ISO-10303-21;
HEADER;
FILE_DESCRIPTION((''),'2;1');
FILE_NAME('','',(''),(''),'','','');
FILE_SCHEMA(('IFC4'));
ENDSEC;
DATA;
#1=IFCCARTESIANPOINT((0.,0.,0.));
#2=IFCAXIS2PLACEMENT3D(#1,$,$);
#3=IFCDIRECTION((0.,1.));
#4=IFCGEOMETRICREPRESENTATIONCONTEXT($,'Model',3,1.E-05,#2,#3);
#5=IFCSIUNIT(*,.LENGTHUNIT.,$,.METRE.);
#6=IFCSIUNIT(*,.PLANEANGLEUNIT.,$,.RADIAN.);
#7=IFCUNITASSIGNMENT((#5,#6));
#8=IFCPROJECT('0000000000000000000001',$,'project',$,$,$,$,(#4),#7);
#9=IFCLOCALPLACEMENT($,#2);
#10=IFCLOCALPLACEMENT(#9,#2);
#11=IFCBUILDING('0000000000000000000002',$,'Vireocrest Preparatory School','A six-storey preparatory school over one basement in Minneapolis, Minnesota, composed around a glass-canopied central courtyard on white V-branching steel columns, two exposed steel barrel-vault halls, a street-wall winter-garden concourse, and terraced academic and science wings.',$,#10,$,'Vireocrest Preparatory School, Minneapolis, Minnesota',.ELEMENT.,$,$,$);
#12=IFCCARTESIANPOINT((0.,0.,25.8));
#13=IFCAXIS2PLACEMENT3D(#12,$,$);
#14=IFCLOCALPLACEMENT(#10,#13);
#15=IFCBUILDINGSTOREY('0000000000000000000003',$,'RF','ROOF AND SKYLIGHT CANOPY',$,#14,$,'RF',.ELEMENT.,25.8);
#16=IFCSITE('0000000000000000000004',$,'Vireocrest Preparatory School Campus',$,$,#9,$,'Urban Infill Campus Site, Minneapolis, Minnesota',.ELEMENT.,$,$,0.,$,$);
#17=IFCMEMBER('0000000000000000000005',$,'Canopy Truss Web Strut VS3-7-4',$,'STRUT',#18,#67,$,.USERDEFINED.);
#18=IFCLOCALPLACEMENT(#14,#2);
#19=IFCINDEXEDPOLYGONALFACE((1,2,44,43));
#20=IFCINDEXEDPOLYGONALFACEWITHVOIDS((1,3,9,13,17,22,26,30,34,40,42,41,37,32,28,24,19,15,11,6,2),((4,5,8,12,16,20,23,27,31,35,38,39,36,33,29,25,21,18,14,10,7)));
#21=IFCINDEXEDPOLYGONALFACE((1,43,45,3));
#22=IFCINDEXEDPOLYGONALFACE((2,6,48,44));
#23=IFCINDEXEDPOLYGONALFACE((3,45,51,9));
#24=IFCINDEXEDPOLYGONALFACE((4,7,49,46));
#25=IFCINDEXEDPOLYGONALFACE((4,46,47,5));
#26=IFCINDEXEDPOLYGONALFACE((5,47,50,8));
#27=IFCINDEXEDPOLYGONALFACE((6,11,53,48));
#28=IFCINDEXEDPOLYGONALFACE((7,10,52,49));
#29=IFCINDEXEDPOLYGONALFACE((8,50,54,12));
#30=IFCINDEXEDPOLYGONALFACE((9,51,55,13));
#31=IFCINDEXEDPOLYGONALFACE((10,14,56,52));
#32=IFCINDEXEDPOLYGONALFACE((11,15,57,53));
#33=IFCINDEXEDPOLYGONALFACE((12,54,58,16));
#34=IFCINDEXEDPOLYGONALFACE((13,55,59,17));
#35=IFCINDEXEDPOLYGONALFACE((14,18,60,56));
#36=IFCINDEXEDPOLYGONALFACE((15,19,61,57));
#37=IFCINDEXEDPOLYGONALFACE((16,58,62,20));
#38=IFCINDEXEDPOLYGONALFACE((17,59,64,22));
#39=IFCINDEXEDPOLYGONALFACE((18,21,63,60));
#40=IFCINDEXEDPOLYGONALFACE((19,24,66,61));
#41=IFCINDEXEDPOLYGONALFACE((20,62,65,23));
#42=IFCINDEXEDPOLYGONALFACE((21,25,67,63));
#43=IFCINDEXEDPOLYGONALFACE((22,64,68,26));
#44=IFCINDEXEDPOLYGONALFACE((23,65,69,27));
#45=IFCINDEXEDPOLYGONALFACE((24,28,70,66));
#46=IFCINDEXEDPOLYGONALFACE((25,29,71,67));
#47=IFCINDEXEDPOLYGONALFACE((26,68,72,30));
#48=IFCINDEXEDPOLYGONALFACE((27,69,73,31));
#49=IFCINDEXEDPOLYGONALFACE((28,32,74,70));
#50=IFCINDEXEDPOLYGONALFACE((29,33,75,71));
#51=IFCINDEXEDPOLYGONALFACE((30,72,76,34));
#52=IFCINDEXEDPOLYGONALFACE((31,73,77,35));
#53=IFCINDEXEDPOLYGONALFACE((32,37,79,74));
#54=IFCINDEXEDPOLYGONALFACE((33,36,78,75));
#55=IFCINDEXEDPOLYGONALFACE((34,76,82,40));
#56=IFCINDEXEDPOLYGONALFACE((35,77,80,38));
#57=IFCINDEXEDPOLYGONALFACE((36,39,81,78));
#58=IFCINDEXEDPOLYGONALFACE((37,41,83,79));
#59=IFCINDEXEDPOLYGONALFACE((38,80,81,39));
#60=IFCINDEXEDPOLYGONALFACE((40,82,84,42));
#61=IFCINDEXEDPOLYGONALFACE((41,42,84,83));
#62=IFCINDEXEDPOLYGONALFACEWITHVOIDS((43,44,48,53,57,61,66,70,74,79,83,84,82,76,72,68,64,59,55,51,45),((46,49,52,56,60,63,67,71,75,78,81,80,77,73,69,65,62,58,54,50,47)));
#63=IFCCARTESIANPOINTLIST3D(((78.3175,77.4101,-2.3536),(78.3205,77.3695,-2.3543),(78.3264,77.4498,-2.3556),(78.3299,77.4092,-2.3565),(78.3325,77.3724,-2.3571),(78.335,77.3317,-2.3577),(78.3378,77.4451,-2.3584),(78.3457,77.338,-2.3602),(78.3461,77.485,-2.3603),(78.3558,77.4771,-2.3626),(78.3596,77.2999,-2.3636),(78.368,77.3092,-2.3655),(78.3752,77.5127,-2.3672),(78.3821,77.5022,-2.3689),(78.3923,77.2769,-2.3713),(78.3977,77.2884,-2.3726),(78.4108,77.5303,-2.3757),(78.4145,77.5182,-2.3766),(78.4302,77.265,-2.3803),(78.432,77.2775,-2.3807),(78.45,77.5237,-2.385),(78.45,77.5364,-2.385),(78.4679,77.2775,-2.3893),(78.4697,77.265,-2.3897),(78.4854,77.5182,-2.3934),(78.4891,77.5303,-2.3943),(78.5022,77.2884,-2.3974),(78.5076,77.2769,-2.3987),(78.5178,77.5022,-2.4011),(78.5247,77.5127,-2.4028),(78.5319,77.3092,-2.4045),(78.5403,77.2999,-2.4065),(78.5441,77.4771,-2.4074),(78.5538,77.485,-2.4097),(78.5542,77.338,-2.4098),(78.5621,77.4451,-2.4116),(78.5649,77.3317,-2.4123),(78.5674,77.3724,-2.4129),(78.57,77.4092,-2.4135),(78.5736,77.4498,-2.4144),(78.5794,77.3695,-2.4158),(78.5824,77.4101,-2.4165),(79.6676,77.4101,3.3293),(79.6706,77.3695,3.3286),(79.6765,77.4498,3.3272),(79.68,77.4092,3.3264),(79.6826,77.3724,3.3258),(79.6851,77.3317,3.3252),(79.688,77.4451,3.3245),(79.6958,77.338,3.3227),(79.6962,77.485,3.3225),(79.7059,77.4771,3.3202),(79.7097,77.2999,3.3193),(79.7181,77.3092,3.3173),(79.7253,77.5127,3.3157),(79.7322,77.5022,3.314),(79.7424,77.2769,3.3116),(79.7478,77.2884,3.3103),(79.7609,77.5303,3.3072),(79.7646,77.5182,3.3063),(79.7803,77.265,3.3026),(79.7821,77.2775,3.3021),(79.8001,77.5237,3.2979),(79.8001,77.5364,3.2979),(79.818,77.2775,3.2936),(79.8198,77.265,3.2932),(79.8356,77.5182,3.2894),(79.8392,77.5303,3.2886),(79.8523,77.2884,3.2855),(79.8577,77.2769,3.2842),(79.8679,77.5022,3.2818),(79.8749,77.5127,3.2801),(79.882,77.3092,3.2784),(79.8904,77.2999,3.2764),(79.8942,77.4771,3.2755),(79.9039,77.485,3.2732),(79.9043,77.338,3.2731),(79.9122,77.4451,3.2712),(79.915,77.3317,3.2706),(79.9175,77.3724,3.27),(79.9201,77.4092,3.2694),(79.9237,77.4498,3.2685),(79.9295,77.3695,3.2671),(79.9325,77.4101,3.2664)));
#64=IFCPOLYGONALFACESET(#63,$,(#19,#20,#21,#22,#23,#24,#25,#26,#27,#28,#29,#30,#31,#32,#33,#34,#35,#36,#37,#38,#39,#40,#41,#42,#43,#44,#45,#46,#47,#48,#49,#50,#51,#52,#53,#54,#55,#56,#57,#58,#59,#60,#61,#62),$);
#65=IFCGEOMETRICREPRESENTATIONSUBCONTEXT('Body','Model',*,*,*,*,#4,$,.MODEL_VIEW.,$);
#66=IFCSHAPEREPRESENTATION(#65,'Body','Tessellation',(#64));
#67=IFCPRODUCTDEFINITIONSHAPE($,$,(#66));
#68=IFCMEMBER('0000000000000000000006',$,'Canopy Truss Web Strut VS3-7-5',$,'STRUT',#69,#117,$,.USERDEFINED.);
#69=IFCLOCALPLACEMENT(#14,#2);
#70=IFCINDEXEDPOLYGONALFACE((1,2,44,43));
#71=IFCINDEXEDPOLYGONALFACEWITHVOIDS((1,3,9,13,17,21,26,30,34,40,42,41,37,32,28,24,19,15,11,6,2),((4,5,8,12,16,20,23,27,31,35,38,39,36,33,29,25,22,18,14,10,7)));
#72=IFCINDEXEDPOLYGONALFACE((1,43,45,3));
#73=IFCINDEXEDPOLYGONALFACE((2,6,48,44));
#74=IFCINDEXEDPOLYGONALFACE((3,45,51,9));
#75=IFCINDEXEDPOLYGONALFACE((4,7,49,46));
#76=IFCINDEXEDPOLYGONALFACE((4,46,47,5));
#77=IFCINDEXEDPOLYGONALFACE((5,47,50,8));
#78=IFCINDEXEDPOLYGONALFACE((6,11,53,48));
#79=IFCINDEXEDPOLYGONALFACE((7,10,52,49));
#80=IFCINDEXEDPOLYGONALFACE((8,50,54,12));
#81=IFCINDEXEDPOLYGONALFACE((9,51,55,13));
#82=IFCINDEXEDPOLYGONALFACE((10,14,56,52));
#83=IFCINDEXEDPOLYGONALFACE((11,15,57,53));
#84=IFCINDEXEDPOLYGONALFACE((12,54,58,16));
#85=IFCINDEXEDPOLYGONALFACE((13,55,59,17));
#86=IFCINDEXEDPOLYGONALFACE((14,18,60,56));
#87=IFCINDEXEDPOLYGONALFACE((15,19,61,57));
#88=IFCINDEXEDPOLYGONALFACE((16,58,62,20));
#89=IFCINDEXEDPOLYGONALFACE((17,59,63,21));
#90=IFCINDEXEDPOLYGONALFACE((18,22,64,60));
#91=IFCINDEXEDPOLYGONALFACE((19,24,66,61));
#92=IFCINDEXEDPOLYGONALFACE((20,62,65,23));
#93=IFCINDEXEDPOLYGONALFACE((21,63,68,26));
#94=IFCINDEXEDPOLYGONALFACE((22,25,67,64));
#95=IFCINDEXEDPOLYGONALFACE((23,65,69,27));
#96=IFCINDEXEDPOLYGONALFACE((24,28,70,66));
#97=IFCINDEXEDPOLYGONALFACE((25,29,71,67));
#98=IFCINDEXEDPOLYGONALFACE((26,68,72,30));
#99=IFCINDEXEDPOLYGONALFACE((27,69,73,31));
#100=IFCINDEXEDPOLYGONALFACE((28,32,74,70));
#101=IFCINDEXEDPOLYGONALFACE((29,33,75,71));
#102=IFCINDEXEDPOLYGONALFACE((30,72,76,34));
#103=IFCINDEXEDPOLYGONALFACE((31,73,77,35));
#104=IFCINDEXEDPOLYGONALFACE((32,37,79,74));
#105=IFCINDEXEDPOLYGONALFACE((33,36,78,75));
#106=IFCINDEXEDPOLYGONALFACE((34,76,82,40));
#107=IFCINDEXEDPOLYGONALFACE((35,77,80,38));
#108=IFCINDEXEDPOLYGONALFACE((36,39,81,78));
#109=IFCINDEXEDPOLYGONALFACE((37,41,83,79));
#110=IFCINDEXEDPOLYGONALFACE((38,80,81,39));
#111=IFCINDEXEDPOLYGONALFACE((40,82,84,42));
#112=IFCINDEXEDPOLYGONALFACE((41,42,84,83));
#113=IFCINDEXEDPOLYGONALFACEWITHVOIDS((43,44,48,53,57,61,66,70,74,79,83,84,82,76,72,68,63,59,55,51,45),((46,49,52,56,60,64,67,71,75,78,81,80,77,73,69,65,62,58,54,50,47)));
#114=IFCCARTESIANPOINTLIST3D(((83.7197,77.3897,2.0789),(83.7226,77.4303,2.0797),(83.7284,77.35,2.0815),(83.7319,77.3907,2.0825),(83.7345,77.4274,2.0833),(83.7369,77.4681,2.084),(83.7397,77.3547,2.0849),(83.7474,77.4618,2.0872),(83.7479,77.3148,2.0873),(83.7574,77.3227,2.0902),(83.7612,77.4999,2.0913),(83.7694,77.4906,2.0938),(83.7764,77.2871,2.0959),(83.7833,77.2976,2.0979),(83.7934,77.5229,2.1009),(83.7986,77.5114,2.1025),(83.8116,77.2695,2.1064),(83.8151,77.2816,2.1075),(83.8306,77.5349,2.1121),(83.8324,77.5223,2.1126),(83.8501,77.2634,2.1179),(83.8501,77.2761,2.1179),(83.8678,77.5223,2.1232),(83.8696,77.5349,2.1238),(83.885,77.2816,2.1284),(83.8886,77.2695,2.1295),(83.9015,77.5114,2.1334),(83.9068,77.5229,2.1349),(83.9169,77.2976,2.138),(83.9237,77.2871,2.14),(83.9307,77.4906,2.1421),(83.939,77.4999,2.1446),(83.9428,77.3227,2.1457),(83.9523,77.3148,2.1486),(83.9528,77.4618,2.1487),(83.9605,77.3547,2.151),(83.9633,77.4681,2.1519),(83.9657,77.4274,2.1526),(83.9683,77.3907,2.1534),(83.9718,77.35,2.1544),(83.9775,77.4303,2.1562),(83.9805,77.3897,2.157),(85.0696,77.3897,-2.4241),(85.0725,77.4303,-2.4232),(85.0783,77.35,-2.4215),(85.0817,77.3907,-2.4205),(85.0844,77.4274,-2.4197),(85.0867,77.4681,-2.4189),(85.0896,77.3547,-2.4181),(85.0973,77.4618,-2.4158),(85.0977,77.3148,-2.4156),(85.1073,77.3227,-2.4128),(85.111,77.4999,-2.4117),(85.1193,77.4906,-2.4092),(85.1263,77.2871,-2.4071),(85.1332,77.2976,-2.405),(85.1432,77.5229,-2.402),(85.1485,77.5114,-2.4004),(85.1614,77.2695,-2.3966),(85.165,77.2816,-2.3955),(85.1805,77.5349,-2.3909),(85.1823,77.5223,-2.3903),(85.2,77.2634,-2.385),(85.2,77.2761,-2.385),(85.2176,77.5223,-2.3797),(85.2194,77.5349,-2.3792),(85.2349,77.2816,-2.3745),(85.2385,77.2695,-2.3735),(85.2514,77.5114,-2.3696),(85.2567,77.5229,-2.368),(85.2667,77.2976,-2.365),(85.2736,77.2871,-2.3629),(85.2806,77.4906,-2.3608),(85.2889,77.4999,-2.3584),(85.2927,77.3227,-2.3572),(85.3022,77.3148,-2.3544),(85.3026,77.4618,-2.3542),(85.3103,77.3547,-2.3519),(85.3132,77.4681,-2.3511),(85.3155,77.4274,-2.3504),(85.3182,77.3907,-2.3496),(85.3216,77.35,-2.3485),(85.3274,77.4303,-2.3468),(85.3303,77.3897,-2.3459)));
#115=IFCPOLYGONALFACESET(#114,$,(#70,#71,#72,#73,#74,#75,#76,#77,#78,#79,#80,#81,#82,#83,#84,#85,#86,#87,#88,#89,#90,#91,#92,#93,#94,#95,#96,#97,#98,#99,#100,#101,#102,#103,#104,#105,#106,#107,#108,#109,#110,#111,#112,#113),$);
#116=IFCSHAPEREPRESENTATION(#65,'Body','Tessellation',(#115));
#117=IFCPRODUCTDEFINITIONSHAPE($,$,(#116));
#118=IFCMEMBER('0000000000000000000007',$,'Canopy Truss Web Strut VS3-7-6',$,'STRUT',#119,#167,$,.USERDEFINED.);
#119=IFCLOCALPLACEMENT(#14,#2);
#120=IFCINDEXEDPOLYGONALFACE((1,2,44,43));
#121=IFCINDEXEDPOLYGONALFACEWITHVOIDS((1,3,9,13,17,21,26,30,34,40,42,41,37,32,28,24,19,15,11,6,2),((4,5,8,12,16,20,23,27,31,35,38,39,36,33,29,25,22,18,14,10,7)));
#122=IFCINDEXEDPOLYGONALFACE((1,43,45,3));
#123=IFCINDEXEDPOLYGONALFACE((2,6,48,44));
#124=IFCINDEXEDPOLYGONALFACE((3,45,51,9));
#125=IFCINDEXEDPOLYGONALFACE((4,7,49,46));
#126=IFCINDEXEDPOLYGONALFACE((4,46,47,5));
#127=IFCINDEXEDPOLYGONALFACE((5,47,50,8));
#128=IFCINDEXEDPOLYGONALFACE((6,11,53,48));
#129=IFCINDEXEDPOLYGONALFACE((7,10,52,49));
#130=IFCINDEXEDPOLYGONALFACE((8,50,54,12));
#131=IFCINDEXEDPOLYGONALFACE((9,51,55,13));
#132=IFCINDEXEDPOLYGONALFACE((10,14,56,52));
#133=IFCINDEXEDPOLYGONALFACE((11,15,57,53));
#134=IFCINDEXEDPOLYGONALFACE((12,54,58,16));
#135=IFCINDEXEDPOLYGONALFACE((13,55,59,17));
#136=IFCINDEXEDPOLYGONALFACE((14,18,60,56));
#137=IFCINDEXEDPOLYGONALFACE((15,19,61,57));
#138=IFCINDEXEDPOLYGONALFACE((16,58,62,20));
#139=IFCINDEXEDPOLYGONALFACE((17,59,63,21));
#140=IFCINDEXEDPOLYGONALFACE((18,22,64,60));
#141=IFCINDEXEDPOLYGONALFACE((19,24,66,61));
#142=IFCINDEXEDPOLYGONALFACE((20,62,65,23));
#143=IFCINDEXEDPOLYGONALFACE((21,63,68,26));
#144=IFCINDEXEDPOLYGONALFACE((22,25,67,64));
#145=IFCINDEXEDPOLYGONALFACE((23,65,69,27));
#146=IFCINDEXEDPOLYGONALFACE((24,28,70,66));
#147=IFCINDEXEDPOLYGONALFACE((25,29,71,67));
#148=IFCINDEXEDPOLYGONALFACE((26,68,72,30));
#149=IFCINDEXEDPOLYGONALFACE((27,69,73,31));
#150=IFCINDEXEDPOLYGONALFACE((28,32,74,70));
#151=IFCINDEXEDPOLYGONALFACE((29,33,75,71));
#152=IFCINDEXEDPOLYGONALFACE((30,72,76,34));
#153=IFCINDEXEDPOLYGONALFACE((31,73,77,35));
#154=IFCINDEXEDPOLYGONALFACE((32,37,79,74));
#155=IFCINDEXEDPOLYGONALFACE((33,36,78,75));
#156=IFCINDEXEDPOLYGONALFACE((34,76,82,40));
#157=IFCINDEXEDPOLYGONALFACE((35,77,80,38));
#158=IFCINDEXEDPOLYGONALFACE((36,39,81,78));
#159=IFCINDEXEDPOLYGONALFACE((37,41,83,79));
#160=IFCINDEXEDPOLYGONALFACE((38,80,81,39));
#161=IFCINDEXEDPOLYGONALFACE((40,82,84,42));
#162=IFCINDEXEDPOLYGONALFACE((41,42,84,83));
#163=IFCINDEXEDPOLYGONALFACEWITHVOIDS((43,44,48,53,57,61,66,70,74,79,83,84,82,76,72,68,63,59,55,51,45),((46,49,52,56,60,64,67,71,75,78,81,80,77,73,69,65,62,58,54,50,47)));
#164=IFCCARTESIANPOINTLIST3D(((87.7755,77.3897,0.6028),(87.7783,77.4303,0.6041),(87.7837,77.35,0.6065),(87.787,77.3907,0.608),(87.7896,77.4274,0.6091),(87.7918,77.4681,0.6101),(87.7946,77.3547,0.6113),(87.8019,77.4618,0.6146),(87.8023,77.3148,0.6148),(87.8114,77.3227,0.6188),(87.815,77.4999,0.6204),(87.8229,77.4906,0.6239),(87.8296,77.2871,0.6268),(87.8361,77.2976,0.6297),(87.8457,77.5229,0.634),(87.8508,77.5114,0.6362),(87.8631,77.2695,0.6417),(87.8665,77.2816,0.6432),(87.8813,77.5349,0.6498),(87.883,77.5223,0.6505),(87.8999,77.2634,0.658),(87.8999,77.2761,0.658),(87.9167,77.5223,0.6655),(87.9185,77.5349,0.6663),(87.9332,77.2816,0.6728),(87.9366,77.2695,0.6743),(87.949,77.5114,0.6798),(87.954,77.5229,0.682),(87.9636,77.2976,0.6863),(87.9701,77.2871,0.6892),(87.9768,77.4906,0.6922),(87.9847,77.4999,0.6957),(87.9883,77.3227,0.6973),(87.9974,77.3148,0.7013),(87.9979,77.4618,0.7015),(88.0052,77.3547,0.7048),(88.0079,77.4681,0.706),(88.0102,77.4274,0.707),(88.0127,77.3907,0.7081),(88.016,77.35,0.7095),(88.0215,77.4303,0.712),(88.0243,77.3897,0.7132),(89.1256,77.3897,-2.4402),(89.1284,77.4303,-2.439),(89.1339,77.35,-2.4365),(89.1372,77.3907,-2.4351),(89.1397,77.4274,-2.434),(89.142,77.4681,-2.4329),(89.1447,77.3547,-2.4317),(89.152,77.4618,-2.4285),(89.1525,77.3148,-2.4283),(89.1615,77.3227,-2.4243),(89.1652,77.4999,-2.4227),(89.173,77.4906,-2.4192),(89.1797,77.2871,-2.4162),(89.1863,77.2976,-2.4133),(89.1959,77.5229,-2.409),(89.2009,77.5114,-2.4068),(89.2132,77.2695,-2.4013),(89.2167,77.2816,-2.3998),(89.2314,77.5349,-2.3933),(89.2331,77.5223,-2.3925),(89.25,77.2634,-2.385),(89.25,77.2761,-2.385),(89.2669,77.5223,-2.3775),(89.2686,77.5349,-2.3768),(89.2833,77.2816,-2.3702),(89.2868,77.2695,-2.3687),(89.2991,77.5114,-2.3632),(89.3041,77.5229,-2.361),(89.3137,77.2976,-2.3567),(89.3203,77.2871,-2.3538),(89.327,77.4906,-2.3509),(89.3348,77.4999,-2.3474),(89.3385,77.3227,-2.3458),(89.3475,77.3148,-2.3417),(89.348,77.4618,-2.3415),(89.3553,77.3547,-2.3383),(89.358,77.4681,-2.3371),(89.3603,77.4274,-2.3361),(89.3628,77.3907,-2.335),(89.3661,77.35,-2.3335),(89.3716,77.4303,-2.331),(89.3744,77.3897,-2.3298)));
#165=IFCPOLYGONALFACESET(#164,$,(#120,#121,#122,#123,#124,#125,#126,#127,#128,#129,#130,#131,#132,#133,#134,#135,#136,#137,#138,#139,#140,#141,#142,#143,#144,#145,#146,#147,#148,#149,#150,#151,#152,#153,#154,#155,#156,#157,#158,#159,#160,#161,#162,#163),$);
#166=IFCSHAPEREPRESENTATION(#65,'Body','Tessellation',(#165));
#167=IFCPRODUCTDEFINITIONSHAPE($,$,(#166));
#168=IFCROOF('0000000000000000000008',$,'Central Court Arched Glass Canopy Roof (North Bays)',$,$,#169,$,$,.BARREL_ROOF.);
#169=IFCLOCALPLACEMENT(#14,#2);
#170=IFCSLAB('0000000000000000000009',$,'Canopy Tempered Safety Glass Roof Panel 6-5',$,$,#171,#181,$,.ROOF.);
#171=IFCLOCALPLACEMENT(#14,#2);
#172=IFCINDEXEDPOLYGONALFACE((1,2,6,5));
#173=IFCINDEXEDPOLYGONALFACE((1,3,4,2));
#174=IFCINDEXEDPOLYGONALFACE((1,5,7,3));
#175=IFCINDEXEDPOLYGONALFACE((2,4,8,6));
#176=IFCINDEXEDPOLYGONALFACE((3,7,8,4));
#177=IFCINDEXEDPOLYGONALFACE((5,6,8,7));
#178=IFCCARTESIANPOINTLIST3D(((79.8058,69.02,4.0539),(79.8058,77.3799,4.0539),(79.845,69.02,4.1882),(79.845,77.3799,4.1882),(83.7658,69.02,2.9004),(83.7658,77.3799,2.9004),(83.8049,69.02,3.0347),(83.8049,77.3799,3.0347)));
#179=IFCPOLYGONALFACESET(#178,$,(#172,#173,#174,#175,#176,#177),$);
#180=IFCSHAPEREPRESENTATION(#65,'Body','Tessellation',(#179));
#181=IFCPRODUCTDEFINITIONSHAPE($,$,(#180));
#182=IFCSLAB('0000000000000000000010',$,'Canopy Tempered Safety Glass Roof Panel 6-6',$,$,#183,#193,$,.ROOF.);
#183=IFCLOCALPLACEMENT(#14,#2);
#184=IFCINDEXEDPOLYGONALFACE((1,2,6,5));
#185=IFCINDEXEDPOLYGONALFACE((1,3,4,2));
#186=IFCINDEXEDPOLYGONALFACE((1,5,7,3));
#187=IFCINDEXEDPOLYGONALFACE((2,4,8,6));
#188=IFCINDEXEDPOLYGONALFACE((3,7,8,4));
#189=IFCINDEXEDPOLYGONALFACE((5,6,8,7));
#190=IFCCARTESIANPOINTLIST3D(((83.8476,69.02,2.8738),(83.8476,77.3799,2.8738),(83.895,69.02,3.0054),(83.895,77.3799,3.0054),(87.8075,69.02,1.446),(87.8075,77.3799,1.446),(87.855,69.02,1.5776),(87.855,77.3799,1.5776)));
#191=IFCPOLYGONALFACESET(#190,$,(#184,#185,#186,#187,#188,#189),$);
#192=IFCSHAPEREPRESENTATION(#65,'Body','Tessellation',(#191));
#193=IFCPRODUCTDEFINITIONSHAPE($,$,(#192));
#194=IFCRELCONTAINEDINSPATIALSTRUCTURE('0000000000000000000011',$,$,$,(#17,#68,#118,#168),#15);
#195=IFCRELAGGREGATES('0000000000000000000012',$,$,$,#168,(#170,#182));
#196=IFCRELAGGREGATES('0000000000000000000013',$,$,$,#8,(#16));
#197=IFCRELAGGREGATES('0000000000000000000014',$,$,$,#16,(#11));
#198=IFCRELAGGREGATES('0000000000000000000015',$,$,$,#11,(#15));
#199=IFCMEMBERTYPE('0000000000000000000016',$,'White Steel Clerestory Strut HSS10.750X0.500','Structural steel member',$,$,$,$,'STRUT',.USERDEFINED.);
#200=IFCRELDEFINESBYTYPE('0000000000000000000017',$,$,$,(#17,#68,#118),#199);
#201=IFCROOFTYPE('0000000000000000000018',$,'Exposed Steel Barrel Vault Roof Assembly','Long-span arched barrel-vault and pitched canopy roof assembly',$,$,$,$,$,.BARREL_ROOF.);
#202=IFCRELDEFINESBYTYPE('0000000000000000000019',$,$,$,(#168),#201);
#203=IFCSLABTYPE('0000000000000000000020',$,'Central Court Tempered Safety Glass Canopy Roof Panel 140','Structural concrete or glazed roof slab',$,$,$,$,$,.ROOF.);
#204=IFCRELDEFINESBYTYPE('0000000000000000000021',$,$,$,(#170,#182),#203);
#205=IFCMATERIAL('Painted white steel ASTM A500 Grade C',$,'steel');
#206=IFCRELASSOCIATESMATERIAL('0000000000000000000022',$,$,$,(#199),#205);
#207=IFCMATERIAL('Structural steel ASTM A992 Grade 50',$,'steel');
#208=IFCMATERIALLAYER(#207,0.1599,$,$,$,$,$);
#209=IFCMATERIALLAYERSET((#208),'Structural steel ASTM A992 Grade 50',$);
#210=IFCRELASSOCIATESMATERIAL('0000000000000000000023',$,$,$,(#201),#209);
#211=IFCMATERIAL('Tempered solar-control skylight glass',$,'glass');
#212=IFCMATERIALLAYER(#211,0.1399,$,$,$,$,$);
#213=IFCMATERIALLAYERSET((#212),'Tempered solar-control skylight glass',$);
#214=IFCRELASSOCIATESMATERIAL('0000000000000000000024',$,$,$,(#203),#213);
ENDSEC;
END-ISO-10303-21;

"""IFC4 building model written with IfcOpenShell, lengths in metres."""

from ifc_helpers import new_model, si_unit, direction, frame, origin, origin_2d, place, context, subcontext, project, spatial, polyline, hollow_circle, outline, extrude, material, layer, layer_set, material_profile, profile_set, type_object, element, aggregate, save


model = new_model("IFC4")

# Units and contexts
model_context = context("Model", 3, precision=1e-05, world=origin(), true_north=direction((0.0, 1.0)))
body_context = subcontext(model_context, "Body", "Model", "MODEL_VIEW")
ifc_project = project(units=[si_unit("LENGTHUNIT", "METRE"), si_unit("PLANEANGLEUNIT", "RADIAN")], contexts=[model_context])

# Site, building, storey
site_placement = place(None, origin())
site = spatial("IfcSite", under=ifc_project, at=site_placement, Name="Vireocrest Preparatory School Campus", LongName="Urban Infill Campus Site, Minneapolis, Minnesota", CompositionType="ELEMENT", RefElevation=0.0)
building_placement = place(site_placement, origin())
building = spatial("IfcBuilding", under=site, at=building_placement, Name="Vireocrest Preparatory School", Description="A six-storey preparatory school over one basement in Minneapolis, Minnesota, composed around a glass-canopied central courtyard on white V-branching steel columns, two exposed steel barrel-vault halls, a street-wall winter-garden concourse, and terraced academic and science wings.", LongName="Vireocrest Preparatory School, Minneapolis, Minnesota", CompositionType="ELEMENT")
storey_placement = place(building_placement, frame((0.0, 0.0, 25.8)))
storey = spatial("IfcBuildingStorey", under=building, at=storey_placement, Name="RF", Description="ROOF AND SKYLIGHT CANOPY", LongName="RF", CompositionType="ELEMENT", Elevation=25.8)

# Shared definitions
ifc_material_1 = material(Name="Painted white steel ASTM A500 Grade C", Category="steel")
ifc_material_2 = material(Name="Structural steel ASTM A992 Grade 50", Category="steel")

# Members
ifc_material_profile_1 = material_profile(ifc_material_1, hollow_circle(Radius=0.1365, WallThickness=0.0127, at=origin_2d()), Name="HSS10.750X0.500")
ifc_profile_set_1 = profile_set([ifc_material_profile_1], Name="Painted white steel ASTM A500 Grade C")
member_type_1 = type_object("IfcMemberType", Name="White Steel Clerestory Strut HSS10.750X0.500", Description="Structural steel member", ElementType="STRUT", PredefinedType="USERDEFINED", material=ifc_profile_set_1)
member_1_placement = place(storey_placement, frame((78.45, 77.3999, -2.385), z_axis=(0.23114, 0.0, 0.97292), x_axis=(0.0, 1.0, 0.0)))
element("IfcMember", 1, at=member_1_placement, inside=storey, type_object=member_type_1, Name="Canopy Truss Web Strut VS3-7-4", ObjectType="STRUT", PredefinedType="USERDEFINED", context=body_context, shape_type="SweptSolid", body=[
    extrude(hollow_circle(Radius=0.1365, WallThickness=0.0127, at=origin_2d()), origin(), (0.0, 0.0, 1.0), 5.8411),
])
member_2_placement = place(storey_placement, frame((85.2, 77.3999, -2.385), z_axis=(-0.287148, 0.0, 0.957886), x_axis=(0.0, -1.0, 0.0)))
element("IfcMember", 2, at=member_2_placement, inside=storey, type_object=member_type_1, Name="Canopy Truss Web Strut VS3-7-5", ObjectType="STRUT", PredefinedType="USERDEFINED", context=body_context, shape_type="SweptSolid", body=[
    extrude(hollow_circle(Radius=0.1365, WallThickness=0.0127, at=origin_2d()), origin(), (0.0, 0.0, 1.0), 4.7009),
])
member_3_placement = place(storey_placement, frame((89.25, 77.3999, -2.385), z_axis=(-0.405553, 0.0, 0.914071), x_axis=(0.0, -1.0, 0.0)))
element("IfcMember", 3, at=member_3_placement, inside=storey, type_object=member_type_1, Name="Canopy Truss Web Strut VS3-7-6", ObjectType="STRUT", PredefinedType="USERDEFINED", context=body_context, shape_type="SweptSolid", body=[
    extrude(hollow_circle(Radius=0.1365, WallThickness=0.0127, at=origin_2d()), origin(), (0.0, 0.0, 1.0), 3.3291),
])

# Roof, slabs
ifc_layer_1 = layer(ifc_material_2, 0.1599)
ifc_layer_set_1 = layer_set([ifc_layer_1], Name="Structural steel ASTM A992 Grade 50")
roof_type = type_object("IfcRoofType", Name="Exposed Steel Barrel Vault Roof Assembly", Description="Long-span arched barrel-vault and pitched canopy roof assembly", PredefinedType="BARREL_ROOF", material=ifc_layer_set_1)
roof_placement = place(storey_placement, origin())
roof = element("IfcRoof", 4, at=roof_placement, inside=storey, type_object=roof_type, Name="Central Court Arched Glass Canopy Roof (North Bays)", PredefinedType="BARREL_ROOF")
ifc_material_3 = material(Name="Tempered solar-control skylight glass", Category="glass")
ifc_layer_2 = layer(ifc_material_3, 0.1399)
ifc_layer_set_2 = layer_set([ifc_layer_2], Name="Tempered solar-control skylight glass")
slab_type = type_object("IfcSlabType", Name="Central Court Tempered Safety Glass Canopy Roof Panel 140", Description="Structural concrete or glazed roof slab", PredefinedType="ROOF", material=ifc_layer_set_2)
slab_1_placement = place(storey_placement, frame((79.845, 69.02, 4.1882), z_axis=(0.279682, 0.0, 0.960093), x_axis=(0.960093, 0.0, -0.279682)))
slab_1 = element("IfcSlab", 5, at=slab_1_placement, type_object=slab_type, Name="Canopy Tempered Safety Glass Roof Panel 6-5", PredefinedType="ROOF", context=body_context, shape_type="SweptSolid", body=[
    extrude(outline(polyline([(0.0, 0.0), (4.1246, 0.0), (4.1246, 8.3599), (0.0, 8.3599), (0.0, 0.0)])), origin(), (0.0, 0.0, -1.0), 0.1399),
])
slab_2_placement = place(storey_placement, frame((83.895, 69.02, 3.0054), z_axis=(0.339171, 0.0, 0.940725), x_axis=(0.940725, 0.0, -0.339171)))
slab_2 = element("IfcSlab", 6, at=slab_2_placement, type_object=slab_type, Name="Canopy Tempered Safety Glass Roof Panel 6-6", PredefinedType="ROOF", context=body_context, shape_type="SweptSolid", body=[
    extrude(outline(polyline([(0.0, 0.0), (4.2095, 0.0), (4.2095, 8.3599), (0.0, 8.3599), (0.0, 0.0)])), origin(), (0.0, 0.0, -1.0), 0.1399),
])
aggregate(roof, [slab_1, slab_2])

save(model, "model.ifc")
